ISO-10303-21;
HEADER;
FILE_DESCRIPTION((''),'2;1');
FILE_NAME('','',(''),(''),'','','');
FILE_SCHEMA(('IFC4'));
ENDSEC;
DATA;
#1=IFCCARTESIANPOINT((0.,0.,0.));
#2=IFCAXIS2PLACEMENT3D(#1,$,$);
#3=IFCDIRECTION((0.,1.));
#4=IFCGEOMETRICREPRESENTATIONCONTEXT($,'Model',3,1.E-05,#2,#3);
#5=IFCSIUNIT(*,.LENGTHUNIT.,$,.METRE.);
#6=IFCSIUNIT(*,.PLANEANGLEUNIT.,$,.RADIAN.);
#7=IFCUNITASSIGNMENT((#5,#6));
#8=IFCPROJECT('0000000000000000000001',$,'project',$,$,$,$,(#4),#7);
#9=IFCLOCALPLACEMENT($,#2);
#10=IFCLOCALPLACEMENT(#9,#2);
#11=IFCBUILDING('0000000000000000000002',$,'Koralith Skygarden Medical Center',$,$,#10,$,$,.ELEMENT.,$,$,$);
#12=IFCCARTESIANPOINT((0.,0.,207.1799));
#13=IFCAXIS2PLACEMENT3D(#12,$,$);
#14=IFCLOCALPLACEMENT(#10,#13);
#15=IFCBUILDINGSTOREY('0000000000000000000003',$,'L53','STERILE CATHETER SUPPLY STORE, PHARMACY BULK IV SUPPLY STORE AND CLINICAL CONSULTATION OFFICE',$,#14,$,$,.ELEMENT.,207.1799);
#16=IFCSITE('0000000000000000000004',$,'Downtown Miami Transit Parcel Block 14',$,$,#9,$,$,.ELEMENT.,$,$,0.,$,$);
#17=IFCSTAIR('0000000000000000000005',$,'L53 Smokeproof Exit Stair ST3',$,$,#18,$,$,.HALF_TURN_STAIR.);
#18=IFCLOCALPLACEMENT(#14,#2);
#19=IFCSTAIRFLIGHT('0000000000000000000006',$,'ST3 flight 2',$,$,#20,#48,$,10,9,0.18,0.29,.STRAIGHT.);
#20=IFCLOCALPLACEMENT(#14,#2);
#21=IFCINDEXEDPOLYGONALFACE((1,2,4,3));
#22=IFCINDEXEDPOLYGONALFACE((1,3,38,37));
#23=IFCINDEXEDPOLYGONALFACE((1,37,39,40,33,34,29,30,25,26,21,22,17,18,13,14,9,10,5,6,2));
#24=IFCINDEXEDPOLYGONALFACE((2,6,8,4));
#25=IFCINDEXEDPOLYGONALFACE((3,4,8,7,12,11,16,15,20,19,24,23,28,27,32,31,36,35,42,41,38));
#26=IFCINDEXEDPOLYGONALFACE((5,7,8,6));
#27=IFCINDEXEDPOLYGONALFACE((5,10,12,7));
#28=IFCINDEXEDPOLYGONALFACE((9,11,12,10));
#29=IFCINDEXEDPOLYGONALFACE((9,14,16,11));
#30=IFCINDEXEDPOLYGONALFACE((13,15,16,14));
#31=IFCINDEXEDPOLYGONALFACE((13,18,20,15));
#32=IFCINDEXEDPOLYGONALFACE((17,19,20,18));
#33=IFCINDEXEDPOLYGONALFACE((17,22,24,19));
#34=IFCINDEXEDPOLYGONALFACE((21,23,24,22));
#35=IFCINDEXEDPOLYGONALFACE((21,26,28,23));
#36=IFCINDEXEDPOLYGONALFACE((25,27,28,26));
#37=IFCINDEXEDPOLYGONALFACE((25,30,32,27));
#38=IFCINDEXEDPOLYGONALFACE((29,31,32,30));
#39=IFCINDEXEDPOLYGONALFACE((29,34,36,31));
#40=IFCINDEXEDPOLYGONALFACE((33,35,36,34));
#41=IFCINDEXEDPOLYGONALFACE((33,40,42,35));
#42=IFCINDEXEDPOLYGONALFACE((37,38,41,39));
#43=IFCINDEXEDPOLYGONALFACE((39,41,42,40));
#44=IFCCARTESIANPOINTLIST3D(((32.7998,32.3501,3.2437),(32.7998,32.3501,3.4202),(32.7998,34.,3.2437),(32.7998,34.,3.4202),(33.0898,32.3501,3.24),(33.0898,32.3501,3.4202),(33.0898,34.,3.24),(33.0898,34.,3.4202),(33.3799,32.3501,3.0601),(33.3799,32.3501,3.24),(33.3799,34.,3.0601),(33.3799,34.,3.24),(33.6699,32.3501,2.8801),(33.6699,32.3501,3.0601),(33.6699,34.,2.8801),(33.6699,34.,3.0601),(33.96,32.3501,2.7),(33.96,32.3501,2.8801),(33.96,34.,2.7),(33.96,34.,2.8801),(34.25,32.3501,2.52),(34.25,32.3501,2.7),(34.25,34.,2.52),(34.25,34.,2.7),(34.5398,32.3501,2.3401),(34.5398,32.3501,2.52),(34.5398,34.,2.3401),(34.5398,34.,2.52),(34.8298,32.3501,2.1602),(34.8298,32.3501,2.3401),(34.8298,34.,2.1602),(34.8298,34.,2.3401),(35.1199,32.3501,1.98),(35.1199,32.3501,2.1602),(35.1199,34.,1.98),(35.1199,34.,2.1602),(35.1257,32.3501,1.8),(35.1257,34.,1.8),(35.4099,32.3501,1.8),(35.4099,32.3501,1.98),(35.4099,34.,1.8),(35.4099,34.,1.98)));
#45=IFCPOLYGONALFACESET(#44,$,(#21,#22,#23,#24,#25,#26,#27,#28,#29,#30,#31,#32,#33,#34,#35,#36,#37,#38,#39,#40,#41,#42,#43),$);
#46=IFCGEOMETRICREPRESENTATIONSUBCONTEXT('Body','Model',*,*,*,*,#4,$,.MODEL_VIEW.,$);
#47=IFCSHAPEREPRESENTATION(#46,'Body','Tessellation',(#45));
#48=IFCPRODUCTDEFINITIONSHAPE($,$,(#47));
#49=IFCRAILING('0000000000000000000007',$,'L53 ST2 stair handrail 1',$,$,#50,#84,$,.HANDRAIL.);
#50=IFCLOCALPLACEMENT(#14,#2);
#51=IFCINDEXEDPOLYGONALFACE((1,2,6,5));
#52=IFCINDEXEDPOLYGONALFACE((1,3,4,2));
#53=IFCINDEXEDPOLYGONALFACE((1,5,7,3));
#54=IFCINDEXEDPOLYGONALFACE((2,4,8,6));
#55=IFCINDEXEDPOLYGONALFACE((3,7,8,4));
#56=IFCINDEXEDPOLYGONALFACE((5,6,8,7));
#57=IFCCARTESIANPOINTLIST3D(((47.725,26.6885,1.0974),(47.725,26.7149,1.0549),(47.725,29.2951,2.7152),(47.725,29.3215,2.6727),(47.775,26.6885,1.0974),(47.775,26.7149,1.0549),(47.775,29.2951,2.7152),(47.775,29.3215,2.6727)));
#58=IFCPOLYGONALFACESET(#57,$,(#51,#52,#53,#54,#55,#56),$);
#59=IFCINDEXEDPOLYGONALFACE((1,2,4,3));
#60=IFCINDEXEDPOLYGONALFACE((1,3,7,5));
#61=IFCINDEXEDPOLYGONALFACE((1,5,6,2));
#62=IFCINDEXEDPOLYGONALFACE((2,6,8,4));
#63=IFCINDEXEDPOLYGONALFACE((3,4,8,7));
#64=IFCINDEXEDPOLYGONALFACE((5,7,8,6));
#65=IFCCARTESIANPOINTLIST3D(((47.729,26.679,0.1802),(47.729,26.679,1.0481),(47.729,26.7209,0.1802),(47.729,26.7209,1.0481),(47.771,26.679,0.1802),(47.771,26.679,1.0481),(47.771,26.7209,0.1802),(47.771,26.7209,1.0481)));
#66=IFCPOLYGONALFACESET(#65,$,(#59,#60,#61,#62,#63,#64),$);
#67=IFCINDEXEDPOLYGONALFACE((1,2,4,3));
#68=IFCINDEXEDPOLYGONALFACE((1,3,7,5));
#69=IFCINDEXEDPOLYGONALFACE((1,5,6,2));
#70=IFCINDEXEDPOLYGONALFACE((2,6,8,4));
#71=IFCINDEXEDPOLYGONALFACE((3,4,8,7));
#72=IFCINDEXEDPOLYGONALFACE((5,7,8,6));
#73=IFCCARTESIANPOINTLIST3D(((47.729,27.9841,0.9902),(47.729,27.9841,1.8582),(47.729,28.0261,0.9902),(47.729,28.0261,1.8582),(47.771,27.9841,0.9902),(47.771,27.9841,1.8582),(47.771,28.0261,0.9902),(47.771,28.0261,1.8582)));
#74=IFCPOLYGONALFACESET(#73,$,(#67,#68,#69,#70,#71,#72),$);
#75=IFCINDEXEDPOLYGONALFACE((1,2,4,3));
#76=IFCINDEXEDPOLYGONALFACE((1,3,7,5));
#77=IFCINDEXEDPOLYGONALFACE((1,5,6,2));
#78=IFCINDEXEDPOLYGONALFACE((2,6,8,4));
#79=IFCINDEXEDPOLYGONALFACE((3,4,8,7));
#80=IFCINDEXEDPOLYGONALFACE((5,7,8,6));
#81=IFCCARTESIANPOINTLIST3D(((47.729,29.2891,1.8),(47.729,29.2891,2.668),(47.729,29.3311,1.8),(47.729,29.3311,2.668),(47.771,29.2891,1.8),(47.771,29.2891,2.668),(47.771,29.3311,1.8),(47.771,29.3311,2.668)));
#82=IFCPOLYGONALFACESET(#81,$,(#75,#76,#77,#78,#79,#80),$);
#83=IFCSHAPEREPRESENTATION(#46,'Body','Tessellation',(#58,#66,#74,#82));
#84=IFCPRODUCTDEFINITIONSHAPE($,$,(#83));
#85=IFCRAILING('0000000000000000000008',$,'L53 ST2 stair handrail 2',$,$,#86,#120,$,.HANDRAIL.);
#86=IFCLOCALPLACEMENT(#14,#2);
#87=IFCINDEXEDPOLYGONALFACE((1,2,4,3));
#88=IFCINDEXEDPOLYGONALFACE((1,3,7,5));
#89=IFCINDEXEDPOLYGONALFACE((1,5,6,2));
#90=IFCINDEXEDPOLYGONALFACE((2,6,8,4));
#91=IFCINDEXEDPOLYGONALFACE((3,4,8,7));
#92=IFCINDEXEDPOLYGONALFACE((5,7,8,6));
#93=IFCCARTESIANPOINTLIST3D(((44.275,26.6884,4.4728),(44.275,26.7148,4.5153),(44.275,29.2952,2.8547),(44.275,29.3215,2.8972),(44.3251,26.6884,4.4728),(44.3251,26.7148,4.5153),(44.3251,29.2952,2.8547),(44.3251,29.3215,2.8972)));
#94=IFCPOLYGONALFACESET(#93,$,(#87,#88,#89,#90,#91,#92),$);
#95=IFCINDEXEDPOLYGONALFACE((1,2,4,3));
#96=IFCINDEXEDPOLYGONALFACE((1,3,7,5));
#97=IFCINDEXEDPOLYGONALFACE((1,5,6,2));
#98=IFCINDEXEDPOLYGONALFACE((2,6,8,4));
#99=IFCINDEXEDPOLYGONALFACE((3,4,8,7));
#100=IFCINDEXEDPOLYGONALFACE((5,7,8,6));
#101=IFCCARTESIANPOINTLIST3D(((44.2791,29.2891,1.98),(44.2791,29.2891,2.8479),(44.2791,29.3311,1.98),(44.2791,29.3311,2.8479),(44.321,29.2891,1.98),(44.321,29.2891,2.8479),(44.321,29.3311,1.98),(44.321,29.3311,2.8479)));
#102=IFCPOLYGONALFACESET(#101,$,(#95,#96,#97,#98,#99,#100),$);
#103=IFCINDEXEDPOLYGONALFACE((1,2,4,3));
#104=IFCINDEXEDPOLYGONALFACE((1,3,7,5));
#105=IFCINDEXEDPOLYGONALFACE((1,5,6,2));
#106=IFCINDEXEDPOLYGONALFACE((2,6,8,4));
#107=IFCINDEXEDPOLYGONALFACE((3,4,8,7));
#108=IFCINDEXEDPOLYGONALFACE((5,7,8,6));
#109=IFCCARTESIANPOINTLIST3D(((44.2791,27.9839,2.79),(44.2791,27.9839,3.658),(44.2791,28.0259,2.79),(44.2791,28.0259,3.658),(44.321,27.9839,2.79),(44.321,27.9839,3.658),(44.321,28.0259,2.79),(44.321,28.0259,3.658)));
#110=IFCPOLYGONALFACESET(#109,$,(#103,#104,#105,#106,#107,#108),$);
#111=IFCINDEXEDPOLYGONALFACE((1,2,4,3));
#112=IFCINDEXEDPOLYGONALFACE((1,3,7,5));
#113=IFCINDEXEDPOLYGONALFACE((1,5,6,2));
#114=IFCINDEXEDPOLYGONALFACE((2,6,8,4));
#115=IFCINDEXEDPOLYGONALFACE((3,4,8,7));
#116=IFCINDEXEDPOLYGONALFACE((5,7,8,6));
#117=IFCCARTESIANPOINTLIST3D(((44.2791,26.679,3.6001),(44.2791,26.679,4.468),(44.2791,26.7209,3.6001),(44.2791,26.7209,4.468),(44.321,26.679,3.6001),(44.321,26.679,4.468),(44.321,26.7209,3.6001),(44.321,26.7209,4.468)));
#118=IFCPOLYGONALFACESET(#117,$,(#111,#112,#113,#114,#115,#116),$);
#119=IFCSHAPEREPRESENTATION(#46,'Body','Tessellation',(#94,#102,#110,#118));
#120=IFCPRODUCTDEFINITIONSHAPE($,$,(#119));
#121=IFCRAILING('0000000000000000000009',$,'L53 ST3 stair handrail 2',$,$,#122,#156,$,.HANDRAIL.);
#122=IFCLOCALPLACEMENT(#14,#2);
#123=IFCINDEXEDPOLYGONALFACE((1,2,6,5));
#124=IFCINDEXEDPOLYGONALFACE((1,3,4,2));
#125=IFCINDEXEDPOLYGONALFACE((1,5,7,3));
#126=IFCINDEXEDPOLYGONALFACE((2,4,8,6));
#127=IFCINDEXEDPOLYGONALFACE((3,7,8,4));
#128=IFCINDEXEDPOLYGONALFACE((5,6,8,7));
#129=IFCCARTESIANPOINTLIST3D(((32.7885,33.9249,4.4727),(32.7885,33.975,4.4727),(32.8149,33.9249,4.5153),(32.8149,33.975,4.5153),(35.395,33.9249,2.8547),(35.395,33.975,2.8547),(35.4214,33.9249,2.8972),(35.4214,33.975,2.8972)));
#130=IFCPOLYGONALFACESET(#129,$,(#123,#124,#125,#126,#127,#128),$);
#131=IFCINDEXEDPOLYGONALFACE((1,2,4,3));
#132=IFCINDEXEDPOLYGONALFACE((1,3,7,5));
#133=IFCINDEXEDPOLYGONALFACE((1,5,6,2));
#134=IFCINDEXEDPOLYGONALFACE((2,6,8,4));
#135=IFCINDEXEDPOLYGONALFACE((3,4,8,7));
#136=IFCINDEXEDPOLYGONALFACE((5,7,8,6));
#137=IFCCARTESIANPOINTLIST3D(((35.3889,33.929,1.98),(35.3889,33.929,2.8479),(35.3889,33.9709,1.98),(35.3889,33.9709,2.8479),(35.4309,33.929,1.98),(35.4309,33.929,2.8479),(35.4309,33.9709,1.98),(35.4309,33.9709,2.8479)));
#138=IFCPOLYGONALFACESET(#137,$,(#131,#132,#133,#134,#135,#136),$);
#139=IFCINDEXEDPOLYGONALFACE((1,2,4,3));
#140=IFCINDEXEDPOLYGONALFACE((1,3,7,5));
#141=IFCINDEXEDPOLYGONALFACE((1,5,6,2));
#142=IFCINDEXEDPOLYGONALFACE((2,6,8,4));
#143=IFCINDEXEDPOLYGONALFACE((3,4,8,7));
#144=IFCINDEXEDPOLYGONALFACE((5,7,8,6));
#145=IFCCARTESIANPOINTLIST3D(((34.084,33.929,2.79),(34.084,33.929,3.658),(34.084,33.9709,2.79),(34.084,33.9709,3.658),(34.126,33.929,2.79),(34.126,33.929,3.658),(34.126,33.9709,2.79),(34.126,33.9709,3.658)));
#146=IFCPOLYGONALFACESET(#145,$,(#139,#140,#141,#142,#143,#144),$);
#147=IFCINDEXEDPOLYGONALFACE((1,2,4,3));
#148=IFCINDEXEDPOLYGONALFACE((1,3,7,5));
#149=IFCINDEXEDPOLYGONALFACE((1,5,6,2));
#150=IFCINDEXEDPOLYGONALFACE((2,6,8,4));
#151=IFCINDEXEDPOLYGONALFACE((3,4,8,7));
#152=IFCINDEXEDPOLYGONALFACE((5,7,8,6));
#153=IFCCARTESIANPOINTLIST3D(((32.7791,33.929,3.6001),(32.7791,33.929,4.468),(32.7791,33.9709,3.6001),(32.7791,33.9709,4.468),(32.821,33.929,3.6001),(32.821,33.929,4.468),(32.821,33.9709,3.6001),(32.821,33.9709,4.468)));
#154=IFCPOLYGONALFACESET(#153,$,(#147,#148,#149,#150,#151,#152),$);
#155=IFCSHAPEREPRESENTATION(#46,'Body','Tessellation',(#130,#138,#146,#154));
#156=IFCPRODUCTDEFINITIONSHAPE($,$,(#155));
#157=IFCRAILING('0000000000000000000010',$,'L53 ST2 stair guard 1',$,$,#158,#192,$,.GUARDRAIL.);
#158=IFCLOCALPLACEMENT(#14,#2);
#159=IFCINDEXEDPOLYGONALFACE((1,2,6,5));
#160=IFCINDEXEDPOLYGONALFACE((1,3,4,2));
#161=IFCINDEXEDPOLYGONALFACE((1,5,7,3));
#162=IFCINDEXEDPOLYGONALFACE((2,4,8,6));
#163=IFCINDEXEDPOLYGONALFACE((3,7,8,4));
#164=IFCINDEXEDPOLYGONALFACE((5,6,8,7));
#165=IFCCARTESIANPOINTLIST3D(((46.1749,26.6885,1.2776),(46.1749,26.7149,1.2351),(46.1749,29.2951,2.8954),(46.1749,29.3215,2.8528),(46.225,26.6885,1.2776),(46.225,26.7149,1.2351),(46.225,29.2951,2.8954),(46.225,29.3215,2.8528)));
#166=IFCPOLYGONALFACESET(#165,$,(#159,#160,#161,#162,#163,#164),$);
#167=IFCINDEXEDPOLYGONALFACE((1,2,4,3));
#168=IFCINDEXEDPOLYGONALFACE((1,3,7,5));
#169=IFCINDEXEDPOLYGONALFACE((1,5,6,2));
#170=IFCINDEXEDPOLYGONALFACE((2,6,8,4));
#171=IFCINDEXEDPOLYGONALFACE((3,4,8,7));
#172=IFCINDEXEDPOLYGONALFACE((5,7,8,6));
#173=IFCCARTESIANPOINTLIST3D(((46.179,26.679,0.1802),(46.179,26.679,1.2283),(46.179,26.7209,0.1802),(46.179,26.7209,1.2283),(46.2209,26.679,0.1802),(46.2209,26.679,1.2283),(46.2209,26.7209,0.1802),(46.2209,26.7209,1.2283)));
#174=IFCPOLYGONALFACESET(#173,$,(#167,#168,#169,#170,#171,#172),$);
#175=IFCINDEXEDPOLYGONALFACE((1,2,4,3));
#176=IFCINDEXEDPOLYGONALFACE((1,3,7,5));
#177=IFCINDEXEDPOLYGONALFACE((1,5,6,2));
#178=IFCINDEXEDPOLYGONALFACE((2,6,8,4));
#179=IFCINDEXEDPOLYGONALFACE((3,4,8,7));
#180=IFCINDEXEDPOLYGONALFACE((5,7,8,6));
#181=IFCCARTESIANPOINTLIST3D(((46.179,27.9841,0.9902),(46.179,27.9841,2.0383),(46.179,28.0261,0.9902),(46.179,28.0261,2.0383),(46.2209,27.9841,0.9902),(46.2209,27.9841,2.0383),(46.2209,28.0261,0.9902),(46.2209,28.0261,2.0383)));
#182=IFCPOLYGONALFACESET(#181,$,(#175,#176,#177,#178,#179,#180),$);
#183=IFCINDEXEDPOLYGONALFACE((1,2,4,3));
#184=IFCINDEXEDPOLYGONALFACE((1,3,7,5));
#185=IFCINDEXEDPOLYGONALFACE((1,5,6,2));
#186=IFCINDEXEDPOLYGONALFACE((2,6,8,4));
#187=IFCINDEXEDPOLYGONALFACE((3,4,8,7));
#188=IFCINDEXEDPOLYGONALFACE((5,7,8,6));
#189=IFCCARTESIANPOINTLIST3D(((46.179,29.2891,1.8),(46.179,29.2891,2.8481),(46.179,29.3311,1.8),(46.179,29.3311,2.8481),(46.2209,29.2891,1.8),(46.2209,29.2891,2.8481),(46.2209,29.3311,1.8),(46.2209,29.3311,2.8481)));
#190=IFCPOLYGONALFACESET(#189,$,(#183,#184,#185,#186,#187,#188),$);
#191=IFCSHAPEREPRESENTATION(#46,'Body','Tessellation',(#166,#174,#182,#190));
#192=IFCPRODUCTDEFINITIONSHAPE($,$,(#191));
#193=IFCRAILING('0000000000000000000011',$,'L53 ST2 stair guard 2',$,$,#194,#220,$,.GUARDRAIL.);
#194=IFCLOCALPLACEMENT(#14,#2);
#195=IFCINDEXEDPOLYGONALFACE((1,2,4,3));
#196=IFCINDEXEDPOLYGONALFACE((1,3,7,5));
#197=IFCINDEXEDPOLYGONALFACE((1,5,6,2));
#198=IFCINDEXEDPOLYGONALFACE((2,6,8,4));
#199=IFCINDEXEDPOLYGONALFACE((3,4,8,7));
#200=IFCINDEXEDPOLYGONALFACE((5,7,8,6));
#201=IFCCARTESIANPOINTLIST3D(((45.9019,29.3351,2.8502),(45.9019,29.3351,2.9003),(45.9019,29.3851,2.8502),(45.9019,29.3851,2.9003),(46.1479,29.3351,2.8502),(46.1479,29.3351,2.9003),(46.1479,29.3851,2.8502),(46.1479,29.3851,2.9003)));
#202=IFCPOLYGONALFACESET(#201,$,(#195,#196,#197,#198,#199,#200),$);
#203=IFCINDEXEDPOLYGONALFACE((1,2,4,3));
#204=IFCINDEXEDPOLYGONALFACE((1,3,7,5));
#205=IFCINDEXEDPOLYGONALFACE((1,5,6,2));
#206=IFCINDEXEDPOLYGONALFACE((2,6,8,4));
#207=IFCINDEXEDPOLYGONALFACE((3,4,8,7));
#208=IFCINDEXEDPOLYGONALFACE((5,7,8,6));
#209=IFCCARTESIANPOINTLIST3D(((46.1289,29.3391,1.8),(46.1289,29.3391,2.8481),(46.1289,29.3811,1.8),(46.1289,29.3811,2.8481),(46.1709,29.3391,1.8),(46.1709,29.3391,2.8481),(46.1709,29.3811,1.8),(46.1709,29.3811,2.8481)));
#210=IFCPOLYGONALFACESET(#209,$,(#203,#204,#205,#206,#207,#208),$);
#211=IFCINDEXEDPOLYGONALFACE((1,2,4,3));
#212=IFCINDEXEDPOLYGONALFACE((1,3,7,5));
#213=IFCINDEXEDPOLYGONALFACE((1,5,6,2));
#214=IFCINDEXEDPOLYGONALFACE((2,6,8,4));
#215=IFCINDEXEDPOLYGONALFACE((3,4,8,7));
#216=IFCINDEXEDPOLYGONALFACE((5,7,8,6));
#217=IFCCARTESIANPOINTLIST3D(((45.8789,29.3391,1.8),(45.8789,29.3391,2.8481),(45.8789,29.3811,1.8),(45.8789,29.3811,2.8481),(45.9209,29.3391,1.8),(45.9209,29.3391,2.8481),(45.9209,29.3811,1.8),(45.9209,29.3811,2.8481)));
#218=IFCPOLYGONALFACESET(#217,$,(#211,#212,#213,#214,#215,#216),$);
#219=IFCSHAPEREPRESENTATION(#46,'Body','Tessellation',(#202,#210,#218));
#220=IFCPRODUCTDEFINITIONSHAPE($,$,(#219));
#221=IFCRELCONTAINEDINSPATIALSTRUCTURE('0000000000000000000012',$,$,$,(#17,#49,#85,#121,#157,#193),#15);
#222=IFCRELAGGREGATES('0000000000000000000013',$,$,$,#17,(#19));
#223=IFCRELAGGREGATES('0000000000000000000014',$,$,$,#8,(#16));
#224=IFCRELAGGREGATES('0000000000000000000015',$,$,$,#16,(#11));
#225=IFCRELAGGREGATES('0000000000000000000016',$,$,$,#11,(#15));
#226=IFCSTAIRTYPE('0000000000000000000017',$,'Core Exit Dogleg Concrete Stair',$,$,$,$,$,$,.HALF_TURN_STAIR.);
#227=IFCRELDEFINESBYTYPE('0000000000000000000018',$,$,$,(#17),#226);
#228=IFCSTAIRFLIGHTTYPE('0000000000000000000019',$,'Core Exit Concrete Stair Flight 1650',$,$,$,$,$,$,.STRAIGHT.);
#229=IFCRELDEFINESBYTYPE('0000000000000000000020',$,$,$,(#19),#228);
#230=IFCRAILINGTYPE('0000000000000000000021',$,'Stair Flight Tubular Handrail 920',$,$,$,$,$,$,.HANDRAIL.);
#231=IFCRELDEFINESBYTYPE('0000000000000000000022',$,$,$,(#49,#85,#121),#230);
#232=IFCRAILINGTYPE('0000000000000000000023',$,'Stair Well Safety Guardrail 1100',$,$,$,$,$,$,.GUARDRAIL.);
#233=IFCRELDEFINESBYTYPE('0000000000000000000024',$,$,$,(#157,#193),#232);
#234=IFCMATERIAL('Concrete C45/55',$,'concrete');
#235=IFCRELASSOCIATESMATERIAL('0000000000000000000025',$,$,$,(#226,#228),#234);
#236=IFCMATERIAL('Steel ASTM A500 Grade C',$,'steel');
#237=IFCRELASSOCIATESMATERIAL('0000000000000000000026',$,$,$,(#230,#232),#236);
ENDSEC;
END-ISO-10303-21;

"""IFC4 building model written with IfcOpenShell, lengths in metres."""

from ifc_helpers import new_model, si_unit, direction, frame, origin, origin_2d, place, context, subcontext, project, spatial, polyline, rectangle, outline, extrude, material, type_object, element, aggregate, save


model = new_model("IFC4")

# Units and contexts
model_context = context("Model", 3, precision=1e-05, world=origin(), true_north=direction((0.0, 1.0)))
body_context = subcontext(model_context, "Body", "Model", "MODEL_VIEW")
ifc_project = project(units=[si_unit("LENGTHUNIT", "METRE"), si_unit("PLANEANGLEUNIT", "RADIAN")], contexts=[model_context])

# Site, building, storey
site_placement = place(None, origin())
site = spatial("IfcSite", under=ifc_project, at=site_placement, Name="Downtown Miami Transit Parcel Block 14", CompositionType="ELEMENT", RefElevation=0.0)
building_placement = place(site_placement, origin())
building = spatial("IfcBuilding", under=site, at=building_placement, Name="Koralith Skygarden Medical Center", CompositionType="ELEMENT")
storey_placement = place(building_placement, frame((0.0, 0.0, 207.1799)))
storey = spatial("IfcBuildingStorey", under=building, at=storey_placement, Name="L53", Description="STERILE CATHETER SUPPLY STORE, PHARMACY BULK IV SUPPLY STORE AND CLINICAL CONSULTATION OFFICE", CompositionType="ELEMENT", Elevation=207.1799)

# Shared definitions
ifc_material_1 = material(Name="Concrete C45/55", Category="concrete")

# Shared definitions
stair_type = type_object("IfcStairType", Name="Core Exit Dogleg Concrete Stair", PredefinedType="HALF_TURN_STAIR", material=ifc_material_1)
stair_flight_type = type_object("IfcStairFlightType", Name="Core Exit Concrete Stair Flight 1650", PredefinedType="STRAIGHT", material=ifc_material_1)

# Stair, stair flight
stair_1_placement = place(storey_placement, origin())
stair_1 = element("IfcStair", 1, at=stair_1_placement, inside=storey, type_object=stair_type, Name="L53 Smokeproof Exit Stair ST3", PredefinedType="HALF_TURN_STAIR")
stair_flight_1_placement = place(storey_placement, frame((35.4099, 33.175, 1.8), z_axis=(0.0, 0.0, 1.0), x_axis=(-1.0, 0.0, 0.0)))
stair_flight_1 = element("IfcStairFlight", 2, at=stair_flight_1_placement, type_object=stair_flight_type, Name="ST3 flight 2", NumberOfRisers=10, NumberOfTreads=9, PredefinedType="STRAIGHT", RiserHeight=0.18, TreadLength=0.29, context=body_context, shape_type="SweptSolid", body=[
    extrude(outline(polyline([(0.0, 0.0), (0.0, 0.1799), (0.29, 0.1799), (0.29, 0.3601), (0.5801, 0.3601), (0.5801, 0.54), (0.8701, 0.54), (0.8701, 0.72), (1.1599, 0.72), (1.1599, 0.8999), (1.45, 0.8999), (1.45, 1.0801), (1.74, 1.0801), (1.74, 1.26), (2.03, 1.26), (2.03, 1.4399), (2.3201, 1.4399), (2.3201, 1.6201), (2.6101, 1.6201), (2.6101, 1.8), (2.6101, 1.4436), (0.2842, 0.0), (0.0, 0.0)])), frame((0.0, 0.825, 0.0), z_axis=(0.0, -1.0, 0.0), x_axis=(1.0, 0.0, 0.0)), (0.0, 0.0, 1.0), 1.6499),
])
aggregate(stair_1, [stair_flight_1])

# Railings
ifc_material_2 = material(Name="Steel ASTM A500 Grade C", Category="steel")
railing_type_1 = type_object("IfcRailingType", Name="Stair Flight Tubular Handrail 920", PredefinedType="HANDRAIL", material=ifc_material_2)
railing_1_placement = place(storey_placement, frame((47.75, 26.7, 0.1802)))
element("IfcRailing", 3, at=railing_1_placement, inside=storey, type_object=railing_type_1, Name="L53 ST2 stair handrail 1", PredefinedType="HANDRAIL", context=body_context, shape_type="SweptSolid", body=[
    extrude(rectangle(XDim=0.05, YDim=0.05, at=origin_2d()), frame((0.0, 0.0017, 0.896), z_axis=(0.0, 0.849668, 0.527317), x_axis=(-1.0, 0.0, 0.0)), (0.0, 0.0, 1.0), 3.0679),
    extrude(rectangle(XDim=0.042, YDim=0.042, at=origin_2d()), origin(), (0.0, 0.0, 1.0), 0.8679),
    extrude(rectangle(XDim=0.042, YDim=0.042, at=origin_2d()), frame((0.0, 1.3052, 0.8101)), (0.0, 0.0, 1.0), 0.8679),
    extrude(rectangle(XDim=0.042, YDim=0.042, at=origin_2d()), frame((0.0, 2.6101, 1.6199)), (0.0, 0.0, 1.0), 0.8679),
])
railing_2_placement = place(storey_placement, frame((44.3, 29.3101, 1.98)))
element("IfcRailing", 4, at=railing_2_placement, inside=storey, type_object=railing_type_1, Name="L53 ST2 stair handrail 2", PredefinedType="HANDRAIL", context=body_context, shape_type="SweptSolid", body=[
    extrude(rectangle(XDim=0.05, YDim=0.05, at=origin_2d()), frame((0.0, -0.0017, 0.896), z_axis=(0.0, -0.849633, 0.527375), x_axis=(1.0, 0.0, 0.0)), (0.0, 0.0, 1.0), 3.0681),
    extrude(rectangle(XDim=0.042, YDim=0.042, at=origin_2d()), origin(), (0.0, 0.0, 1.0), 0.8679),
    extrude(rectangle(XDim=0.042, YDim=0.042, at=origin_2d()), frame((0.0, -1.3052, 0.8101)), (0.0, 0.0, 1.0), 0.8679),
    extrude(rectangle(XDim=0.042, YDim=0.042, at=origin_2d()), frame((0.0, -2.6101, 1.6201)), (0.0, 0.0, 1.0), 0.8679),
])
railing_3_placement = place(storey_placement, frame((35.4099, 33.95, 1.98)))
element("IfcRailing", 5, at=railing_3_placement, inside=storey, type_object=railing_type_1, Name="L53 ST3 stair handrail 2", PredefinedType="HANDRAIL", context=body_context, shape_type="SweptSolid", body=[
    extrude(rectangle(XDim=0.05, YDim=0.05, at=origin_2d()), frame((-0.0017, 0.0, 0.896), z_axis=(-0.849611, 0.0, 0.52741), x_axis=(0.0, -1.0, 0.0)), (0.0, 0.0, 1.0), 3.0679),
    extrude(rectangle(XDim=0.042, YDim=0.042, at=origin_2d()), origin(), (0.0, 0.0, 1.0), 0.8679),
    extrude(rectangle(XDim=0.042, YDim=0.042, at=origin_2d()), frame((-1.3049, 0.0, 0.8101)), (0.0, 0.0, 1.0), 0.8679),
    extrude(rectangle(XDim=0.042, YDim=0.042, at=origin_2d()), frame((-2.6099, 0.0, 1.6201)), (0.0, 0.0, 1.0), 0.8679),
])
railing_type_2 = type_object("IfcRailingType", Name="Stair Well Safety Guardrail 1100", PredefinedType="GUARDRAIL", material=ifc_material_2)
railing_4_placement = place(storey_placement, frame((46.2, 26.7, 0.1802)))
element("IfcRailing", 6, at=railing_4_placement, inside=storey, type_object=railing_type_2, Name="L53 ST2 stair guard 1", PredefinedType="GUARDRAIL", context=body_context, shape_type="SweptSolid", body=[
    extrude(rectangle(XDim=0.05, YDim=0.05, at=origin_2d()), frame((0.0, 0.0017, 1.0762), z_axis=(0.0, 0.849668, 0.527317), x_axis=(-1.0, 0.0, 0.0)), (0.0, 0.0, 1.0), 3.0679),
    extrude(rectangle(XDim=0.042, YDim=0.042, at=origin_2d()), origin(), (0.0, 0.0, 1.0), 1.0481),
    extrude(rectangle(XDim=0.042, YDim=0.042, at=origin_2d()), frame((0.0, 1.3052, 0.8101)), (0.0, 0.0, 1.0), 1.0481),
    extrude(rectangle(XDim=0.042, YDim=0.042, at=origin_2d()), frame((0.0, 2.6101, 1.6199)), (0.0, 0.0, 1.0), 1.0481),
])
railing_5_placement = place(storey_placement, frame((46.1499, 29.3601, 1.8)))
element("IfcRailing", 7, at=railing_5_placement, inside=storey, type_object=railing_type_2, Name="L53 ST2 stair guard 2", PredefinedType="GUARDRAIL", context=body_context, shape_type="SweptSolid", body=[
    extrude(rectangle(XDim=0.05, YDim=0.05, at=origin_2d()), frame((-0.002, 0.0, 1.0752), z_axis=(-1.0, 0.0, 0.0), x_axis=(0.0, -1.0, 0.0)), (0.0, 0.0, 1.0), 0.2461),
    extrude(rectangle(XDim=0.042, YDim=0.042, at=origin_2d()), origin(), (0.0, 0.0, 1.0), 1.0481),
    extrude(rectangle(XDim=0.042, YDim=0.042, at=origin_2d()), frame((-0.25, 0.0, 0.0)), (0.0, 0.0, 1.0), 1.0481),
])

save(model, "model.ifc")
